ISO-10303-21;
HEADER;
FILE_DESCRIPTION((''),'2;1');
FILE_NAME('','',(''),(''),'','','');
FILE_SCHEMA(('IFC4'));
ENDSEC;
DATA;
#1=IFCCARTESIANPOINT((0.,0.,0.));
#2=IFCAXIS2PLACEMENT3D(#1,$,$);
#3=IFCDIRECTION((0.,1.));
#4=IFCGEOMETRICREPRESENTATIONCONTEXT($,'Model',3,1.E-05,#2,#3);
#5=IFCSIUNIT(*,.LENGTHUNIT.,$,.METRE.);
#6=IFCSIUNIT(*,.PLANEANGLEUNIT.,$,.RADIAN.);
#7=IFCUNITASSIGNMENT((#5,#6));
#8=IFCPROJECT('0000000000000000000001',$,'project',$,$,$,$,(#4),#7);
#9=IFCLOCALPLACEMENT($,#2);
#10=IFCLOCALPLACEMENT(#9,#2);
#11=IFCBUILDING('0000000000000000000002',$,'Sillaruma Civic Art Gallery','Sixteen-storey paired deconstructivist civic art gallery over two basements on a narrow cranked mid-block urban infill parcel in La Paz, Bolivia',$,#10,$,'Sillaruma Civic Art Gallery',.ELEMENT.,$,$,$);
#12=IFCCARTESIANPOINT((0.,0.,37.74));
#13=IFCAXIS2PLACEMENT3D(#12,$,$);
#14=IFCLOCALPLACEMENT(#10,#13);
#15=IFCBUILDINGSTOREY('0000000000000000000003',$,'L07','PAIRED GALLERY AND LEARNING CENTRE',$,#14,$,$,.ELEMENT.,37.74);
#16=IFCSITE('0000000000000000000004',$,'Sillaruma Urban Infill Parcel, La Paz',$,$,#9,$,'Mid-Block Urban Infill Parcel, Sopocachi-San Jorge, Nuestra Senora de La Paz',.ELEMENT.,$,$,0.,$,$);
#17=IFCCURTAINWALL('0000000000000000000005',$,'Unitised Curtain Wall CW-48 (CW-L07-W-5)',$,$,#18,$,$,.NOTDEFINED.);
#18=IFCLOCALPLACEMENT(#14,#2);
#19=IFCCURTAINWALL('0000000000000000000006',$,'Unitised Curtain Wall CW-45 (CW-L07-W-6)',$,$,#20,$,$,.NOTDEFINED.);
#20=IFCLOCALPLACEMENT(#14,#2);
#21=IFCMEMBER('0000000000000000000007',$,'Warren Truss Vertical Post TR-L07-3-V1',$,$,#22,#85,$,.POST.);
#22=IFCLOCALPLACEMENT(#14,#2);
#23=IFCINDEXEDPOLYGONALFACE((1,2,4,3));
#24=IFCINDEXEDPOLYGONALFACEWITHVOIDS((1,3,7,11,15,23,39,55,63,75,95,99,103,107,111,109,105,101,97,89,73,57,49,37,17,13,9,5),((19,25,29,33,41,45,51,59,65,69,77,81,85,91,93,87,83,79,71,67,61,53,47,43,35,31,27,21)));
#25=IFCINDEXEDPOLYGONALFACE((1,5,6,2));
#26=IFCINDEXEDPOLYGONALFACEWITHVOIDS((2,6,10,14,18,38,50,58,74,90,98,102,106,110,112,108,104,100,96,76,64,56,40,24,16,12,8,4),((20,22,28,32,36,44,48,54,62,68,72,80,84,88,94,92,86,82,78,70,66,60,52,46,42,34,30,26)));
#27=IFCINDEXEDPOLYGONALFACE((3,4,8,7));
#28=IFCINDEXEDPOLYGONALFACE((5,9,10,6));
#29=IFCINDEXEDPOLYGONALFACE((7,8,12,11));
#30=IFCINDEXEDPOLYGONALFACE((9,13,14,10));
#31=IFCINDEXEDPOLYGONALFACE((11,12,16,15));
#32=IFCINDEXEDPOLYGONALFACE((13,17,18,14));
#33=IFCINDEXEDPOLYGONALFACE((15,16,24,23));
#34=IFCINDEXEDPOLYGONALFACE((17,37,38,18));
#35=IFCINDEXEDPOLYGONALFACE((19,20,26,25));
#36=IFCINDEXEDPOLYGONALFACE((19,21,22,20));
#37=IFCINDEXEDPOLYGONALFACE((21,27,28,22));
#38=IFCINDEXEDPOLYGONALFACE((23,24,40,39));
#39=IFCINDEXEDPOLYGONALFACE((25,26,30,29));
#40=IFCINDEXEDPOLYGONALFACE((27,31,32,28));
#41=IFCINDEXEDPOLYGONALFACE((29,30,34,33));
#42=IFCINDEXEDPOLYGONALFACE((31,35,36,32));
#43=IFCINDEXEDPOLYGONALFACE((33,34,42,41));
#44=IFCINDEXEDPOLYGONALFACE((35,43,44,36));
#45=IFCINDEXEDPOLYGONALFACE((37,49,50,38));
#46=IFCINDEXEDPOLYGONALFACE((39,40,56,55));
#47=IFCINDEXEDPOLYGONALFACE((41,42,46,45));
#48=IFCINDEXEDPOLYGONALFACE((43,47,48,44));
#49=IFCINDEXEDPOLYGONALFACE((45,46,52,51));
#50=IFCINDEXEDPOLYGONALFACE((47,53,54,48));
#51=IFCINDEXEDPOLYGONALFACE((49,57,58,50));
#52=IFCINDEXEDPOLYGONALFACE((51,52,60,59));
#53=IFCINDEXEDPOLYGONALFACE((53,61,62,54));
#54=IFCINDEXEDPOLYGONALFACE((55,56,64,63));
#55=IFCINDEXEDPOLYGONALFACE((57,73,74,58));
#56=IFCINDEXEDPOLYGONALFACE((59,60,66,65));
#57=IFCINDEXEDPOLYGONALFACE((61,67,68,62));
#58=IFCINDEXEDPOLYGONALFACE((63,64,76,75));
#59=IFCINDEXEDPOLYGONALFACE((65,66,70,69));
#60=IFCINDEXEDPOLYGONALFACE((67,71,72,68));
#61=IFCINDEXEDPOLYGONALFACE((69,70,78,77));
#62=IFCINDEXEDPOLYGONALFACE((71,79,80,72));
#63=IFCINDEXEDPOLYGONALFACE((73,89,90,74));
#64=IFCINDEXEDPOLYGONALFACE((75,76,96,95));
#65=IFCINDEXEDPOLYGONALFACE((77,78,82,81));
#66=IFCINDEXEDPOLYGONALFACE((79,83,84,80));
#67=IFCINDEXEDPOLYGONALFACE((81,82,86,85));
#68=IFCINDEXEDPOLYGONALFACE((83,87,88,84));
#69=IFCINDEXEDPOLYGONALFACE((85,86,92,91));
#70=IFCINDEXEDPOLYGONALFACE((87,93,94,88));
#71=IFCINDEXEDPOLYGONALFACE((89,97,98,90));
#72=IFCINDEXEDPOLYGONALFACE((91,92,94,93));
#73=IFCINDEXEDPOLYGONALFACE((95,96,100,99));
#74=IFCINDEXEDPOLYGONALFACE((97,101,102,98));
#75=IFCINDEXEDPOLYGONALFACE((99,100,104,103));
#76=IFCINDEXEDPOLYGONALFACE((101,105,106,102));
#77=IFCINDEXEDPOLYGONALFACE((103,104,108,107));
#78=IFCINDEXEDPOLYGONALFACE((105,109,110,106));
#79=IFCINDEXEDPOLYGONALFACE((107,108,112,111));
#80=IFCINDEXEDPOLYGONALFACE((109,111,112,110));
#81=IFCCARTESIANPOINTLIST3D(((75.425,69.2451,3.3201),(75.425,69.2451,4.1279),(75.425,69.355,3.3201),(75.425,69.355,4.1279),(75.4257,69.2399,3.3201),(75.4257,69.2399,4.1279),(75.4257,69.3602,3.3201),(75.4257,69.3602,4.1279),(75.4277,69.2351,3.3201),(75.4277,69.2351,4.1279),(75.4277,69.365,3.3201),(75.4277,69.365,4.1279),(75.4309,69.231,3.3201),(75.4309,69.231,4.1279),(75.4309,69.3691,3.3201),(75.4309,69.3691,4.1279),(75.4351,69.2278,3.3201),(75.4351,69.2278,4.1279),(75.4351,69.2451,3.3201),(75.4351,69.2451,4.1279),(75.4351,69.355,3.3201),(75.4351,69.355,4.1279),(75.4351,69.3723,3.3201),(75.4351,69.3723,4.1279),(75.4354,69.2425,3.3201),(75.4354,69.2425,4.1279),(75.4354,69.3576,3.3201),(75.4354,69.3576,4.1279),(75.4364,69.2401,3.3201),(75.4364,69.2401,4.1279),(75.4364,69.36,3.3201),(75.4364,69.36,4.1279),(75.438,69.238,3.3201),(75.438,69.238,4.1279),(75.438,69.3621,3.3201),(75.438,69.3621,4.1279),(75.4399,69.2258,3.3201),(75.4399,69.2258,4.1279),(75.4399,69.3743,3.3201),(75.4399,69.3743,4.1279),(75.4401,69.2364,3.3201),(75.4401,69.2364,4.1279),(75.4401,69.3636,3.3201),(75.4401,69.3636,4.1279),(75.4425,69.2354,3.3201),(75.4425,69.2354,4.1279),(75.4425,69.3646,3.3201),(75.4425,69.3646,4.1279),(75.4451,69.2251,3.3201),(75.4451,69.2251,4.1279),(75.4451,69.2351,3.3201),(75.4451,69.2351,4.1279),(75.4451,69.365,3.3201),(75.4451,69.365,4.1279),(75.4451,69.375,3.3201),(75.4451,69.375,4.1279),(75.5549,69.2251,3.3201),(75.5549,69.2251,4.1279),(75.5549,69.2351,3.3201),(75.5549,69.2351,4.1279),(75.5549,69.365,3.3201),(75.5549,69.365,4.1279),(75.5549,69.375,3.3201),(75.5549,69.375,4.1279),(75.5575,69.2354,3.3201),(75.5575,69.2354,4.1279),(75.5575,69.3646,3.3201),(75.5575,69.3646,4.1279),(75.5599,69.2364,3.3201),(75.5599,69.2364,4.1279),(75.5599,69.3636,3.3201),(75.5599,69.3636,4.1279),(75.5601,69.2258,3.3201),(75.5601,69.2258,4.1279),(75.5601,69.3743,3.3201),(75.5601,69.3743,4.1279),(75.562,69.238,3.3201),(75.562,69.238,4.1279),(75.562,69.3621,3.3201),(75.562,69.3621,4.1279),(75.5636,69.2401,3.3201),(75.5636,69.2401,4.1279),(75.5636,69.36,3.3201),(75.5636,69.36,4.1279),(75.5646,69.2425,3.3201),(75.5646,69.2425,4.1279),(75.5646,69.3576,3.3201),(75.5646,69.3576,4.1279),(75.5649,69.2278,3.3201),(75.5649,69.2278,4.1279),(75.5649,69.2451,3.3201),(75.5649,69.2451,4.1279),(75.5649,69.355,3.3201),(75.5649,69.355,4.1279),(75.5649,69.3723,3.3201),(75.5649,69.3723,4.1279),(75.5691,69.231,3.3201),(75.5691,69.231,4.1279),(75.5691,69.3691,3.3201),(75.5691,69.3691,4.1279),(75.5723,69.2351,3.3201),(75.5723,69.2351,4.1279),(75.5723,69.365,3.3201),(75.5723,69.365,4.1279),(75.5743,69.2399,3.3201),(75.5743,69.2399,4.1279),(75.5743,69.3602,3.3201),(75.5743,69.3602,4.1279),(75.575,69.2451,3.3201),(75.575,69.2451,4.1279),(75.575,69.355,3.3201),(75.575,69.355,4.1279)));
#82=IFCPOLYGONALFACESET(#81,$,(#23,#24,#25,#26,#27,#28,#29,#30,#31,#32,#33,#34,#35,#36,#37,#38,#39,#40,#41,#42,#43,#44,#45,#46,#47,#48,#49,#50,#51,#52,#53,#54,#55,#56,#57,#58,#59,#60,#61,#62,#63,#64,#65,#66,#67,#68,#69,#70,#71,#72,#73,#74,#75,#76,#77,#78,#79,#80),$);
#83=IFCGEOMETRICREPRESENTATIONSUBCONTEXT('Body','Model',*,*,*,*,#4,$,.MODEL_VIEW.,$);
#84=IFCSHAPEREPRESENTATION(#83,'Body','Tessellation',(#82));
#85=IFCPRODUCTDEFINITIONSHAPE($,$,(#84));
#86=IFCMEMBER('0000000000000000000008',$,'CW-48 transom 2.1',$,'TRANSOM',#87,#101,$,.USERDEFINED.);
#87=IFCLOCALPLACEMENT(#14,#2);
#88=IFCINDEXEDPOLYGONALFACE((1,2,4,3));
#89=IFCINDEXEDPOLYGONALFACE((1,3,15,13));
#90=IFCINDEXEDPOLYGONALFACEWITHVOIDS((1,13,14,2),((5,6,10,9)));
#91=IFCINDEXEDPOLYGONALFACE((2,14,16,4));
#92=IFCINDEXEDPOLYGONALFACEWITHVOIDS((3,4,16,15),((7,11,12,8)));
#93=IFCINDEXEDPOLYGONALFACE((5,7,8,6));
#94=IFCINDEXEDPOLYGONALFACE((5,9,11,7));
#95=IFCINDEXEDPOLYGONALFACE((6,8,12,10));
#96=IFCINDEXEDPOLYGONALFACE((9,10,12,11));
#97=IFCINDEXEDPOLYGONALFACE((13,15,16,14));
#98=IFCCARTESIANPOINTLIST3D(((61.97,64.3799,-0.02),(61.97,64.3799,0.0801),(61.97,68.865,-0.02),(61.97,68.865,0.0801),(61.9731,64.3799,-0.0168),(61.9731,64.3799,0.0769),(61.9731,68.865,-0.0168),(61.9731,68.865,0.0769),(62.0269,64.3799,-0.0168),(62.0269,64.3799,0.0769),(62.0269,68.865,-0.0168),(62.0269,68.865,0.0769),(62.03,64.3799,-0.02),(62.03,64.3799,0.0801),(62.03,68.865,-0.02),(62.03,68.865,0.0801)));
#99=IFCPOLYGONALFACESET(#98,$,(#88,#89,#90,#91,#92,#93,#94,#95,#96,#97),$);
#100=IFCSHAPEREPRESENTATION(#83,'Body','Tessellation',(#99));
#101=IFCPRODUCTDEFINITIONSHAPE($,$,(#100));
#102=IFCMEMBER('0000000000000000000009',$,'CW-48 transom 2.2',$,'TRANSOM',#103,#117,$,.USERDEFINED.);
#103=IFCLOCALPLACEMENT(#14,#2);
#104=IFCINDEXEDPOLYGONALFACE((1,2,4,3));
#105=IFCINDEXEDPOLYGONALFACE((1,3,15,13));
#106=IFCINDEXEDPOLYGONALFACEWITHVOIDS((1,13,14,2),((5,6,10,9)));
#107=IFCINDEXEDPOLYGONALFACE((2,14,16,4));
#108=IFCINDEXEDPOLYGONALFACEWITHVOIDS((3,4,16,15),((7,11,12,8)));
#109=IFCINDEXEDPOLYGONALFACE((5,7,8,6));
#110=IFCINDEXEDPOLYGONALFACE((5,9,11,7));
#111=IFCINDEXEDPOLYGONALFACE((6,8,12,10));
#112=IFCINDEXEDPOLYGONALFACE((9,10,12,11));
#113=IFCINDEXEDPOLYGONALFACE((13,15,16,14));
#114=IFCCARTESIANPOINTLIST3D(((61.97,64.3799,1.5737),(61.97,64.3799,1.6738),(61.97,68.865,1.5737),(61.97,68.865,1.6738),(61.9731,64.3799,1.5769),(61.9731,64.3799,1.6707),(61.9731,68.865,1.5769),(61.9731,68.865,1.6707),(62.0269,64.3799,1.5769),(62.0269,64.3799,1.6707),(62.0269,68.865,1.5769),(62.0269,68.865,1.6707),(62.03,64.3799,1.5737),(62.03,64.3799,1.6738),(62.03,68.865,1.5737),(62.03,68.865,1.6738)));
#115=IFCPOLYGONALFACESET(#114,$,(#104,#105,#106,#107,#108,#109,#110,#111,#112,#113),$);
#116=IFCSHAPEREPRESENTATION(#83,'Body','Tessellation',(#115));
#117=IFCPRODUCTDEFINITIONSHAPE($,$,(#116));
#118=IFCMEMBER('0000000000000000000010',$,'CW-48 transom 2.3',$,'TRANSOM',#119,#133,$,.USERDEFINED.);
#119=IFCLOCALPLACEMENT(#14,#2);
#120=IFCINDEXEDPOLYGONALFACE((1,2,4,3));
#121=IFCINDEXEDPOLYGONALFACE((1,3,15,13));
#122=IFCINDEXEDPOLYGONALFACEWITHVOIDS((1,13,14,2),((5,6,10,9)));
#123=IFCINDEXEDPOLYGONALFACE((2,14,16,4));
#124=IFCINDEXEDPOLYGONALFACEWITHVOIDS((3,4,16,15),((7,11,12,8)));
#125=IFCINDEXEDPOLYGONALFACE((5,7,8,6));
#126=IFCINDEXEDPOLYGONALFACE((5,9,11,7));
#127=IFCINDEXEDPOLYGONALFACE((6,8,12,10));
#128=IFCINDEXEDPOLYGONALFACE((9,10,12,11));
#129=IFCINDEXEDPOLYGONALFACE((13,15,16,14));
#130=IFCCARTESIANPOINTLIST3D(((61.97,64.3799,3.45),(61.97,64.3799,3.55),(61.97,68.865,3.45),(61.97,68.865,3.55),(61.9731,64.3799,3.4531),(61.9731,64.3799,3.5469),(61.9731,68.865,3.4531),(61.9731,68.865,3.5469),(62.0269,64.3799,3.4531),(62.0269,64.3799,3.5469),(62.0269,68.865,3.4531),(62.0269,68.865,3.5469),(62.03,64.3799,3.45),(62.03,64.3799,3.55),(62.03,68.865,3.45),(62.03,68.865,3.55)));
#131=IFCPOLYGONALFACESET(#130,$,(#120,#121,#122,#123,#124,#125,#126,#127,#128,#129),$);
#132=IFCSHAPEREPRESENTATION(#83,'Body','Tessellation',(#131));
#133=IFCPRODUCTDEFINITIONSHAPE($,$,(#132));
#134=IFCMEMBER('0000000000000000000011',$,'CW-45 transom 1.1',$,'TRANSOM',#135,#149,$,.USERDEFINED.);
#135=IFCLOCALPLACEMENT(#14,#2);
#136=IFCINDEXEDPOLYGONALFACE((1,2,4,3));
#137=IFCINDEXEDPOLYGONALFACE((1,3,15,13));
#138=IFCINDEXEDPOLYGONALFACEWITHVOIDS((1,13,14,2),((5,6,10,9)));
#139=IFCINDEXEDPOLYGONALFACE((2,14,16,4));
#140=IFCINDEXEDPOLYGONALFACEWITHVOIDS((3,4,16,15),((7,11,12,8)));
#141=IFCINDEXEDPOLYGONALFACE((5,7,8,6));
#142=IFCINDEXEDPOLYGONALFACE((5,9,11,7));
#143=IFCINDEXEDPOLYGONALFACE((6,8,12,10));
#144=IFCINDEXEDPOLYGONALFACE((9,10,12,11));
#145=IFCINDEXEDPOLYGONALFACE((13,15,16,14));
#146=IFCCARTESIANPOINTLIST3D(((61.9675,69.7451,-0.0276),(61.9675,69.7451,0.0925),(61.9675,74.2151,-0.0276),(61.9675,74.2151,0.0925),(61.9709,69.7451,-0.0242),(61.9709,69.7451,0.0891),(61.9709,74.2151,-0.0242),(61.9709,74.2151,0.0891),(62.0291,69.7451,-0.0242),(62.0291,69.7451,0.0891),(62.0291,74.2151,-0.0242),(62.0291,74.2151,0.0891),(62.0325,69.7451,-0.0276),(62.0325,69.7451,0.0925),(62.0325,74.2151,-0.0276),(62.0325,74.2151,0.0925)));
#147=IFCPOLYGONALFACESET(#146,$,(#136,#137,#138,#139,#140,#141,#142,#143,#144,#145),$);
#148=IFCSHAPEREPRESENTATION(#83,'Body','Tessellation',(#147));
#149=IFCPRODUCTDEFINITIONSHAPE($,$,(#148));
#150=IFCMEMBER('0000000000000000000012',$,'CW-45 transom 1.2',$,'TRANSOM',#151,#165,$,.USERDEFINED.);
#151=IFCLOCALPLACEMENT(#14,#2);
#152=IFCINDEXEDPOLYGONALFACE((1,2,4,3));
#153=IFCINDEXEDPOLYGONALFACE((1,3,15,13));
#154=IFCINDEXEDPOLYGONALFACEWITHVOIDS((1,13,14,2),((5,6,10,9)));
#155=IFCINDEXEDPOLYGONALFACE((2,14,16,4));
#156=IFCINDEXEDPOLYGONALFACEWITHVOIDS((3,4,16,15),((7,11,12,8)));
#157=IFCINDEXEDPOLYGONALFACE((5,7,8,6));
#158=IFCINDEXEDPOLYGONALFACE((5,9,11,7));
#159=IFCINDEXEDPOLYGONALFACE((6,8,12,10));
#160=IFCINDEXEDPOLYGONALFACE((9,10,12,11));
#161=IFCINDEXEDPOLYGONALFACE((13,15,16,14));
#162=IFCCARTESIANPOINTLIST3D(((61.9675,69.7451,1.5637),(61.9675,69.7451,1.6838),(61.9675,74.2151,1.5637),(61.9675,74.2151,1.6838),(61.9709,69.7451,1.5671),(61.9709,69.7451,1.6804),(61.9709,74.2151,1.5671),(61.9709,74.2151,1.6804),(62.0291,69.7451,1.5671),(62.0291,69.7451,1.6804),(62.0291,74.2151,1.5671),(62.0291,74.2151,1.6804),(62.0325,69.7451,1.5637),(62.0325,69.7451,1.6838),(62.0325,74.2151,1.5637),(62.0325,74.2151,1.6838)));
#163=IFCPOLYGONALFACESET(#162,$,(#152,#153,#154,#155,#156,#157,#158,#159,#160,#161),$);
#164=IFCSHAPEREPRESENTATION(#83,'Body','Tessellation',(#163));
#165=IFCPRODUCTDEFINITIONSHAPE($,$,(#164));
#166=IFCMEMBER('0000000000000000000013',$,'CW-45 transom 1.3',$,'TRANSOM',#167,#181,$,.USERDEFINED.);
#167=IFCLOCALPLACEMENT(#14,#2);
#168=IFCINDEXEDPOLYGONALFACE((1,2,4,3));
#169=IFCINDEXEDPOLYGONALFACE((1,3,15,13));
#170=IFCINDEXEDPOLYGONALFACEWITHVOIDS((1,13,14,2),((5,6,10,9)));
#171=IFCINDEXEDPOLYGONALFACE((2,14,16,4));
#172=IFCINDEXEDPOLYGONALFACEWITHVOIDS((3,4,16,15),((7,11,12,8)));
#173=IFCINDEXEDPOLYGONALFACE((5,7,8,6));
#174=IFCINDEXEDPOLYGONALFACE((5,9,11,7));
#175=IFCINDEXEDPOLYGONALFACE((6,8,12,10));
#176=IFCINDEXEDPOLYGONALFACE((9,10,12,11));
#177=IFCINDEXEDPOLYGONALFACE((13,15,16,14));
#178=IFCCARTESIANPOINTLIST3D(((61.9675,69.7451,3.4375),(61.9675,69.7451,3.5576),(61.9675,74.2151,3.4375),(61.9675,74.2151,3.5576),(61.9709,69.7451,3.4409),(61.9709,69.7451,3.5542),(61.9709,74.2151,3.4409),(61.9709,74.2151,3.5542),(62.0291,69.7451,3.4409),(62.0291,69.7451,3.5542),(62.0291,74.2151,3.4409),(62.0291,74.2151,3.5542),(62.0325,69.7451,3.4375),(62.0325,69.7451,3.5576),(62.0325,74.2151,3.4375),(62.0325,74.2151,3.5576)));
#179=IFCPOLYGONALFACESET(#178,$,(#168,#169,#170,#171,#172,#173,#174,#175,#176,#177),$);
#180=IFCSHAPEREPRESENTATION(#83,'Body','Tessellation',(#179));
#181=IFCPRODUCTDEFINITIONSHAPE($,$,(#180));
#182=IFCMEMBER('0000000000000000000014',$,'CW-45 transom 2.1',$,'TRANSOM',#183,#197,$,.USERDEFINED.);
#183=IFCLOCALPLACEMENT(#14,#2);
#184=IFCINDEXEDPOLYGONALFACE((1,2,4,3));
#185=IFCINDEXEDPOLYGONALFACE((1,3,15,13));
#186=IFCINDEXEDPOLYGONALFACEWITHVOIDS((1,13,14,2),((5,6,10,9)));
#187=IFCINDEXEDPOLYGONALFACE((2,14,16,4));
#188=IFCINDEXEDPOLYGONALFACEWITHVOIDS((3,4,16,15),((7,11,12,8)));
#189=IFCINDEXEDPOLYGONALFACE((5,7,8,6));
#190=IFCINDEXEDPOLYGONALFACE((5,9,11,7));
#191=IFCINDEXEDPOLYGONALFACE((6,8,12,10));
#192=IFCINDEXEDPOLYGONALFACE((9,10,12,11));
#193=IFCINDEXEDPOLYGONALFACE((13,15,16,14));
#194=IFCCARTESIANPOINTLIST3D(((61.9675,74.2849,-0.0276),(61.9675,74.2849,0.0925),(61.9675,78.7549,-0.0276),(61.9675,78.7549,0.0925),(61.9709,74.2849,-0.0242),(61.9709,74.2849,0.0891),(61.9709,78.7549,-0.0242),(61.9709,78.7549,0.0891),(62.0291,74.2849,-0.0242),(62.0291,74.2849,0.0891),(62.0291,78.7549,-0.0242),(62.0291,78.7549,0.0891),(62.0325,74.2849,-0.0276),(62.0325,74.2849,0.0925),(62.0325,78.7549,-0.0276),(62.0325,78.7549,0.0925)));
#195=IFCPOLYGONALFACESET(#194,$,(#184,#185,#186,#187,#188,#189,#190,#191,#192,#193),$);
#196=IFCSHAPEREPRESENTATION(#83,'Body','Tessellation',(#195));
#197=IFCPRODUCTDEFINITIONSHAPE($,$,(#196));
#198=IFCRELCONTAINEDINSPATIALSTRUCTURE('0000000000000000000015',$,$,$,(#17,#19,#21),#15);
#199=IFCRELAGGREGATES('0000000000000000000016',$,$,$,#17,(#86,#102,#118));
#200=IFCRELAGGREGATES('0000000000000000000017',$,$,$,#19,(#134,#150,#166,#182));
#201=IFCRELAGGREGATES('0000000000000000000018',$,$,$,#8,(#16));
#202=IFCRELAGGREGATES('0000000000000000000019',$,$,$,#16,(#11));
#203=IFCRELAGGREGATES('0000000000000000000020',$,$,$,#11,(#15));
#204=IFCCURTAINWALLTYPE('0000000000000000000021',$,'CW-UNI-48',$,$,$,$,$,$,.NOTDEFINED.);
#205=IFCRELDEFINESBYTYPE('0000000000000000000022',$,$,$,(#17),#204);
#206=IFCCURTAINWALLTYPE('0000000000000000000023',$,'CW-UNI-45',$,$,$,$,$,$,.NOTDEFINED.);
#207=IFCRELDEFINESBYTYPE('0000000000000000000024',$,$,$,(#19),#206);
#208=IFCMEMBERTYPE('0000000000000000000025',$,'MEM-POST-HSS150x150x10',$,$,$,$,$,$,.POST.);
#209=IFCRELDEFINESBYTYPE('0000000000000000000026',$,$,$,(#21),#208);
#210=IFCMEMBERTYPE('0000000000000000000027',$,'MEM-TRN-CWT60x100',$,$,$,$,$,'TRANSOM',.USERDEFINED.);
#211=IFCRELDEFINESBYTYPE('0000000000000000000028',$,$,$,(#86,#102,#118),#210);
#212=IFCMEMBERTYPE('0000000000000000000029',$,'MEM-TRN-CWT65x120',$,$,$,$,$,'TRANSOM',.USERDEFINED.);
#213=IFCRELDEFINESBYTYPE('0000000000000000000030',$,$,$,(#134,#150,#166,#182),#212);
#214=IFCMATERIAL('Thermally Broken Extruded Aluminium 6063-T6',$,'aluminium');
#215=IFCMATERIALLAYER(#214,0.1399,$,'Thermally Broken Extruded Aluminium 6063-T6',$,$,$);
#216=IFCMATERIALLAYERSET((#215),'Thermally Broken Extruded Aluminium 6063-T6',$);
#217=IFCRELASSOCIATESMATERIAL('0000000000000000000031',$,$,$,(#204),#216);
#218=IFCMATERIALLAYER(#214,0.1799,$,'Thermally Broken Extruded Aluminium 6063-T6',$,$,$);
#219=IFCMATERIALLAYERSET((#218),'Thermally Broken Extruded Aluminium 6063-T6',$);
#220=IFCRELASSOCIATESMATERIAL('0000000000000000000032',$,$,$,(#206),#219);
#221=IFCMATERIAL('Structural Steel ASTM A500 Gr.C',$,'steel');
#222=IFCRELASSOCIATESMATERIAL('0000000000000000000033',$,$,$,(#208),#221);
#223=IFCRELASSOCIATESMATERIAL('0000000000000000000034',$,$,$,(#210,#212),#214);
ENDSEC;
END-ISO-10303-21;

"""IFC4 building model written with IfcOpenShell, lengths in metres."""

from ifc_helpers import new_model, si_unit, direction, frame, origin, origin_2d, place, context, subcontext, project, spatial, hollow_rectangle, extrude, material, layer, layer_set, material_profile, profile_set, type_object, element, aggregate, save


model = new_model("IFC4")

# Units and contexts
model_context = context("Model", 3, precision=1e-05, world=origin(), true_north=direction((0.0, 1.0)))
body_context = subcontext(model_context, "Body", "Model", "MODEL_VIEW")
ifc_project = project(units=[si_unit("LENGTHUNIT", "METRE"), si_unit("PLANEANGLEUNIT", "RADIAN")], contexts=[model_context])

# Site, building, storey
site_placement = place(None, origin())
site = spatial("IfcSite", under=ifc_project, at=site_placement, Name="Sillaruma Urban Infill Parcel, La Paz", LongName="Mid-Block Urban Infill Parcel, Sopocachi-San Jorge, Nuestra Senora de La Paz", CompositionType="ELEMENT", RefElevation=0.0)
building_placement = place(site_placement, origin())
building = spatial("IfcBuilding", under=site, at=building_placement, Name="Sillaruma Civic Art Gallery", Description="Sixteen-storey paired deconstructivist civic art gallery over two basements on a narrow cranked mid-block urban infill parcel in La Paz, Bolivia", LongName="Sillaruma Civic Art Gallery", CompositionType="ELEMENT")
storey_placement = place(building_placement, frame((0.0, 0.0, 37.74)))
storey = spatial("IfcBuildingStorey", under=building, at=storey_placement, Name="L07", Description="PAIRED GALLERY AND LEARNING CENTRE", CompositionType="ELEMENT", Elevation=37.74)

# Shared definitions
ifc_material_1 = material(Name="Structural Steel ASTM A500 Gr.C", Category="steel")

# Curtain walls
ifc_material_2 = material(Name="Thermally Broken Extruded Aluminium 6063-T6", Category="aluminium")
ifc_layer_1 = layer(ifc_material_2, 0.1399, Name="Thermally Broken Extruded Aluminium 6063-T6")
ifc_layer_set_1 = layer_set([ifc_layer_1], Name="Thermally Broken Extruded Aluminium 6063-T6")
curtain_wall_type_1 = type_object("IfcCurtainWallType", Name="CW-UNI-48", PredefinedType="NOTDEFINED", material=ifc_layer_set_1)
curtain_wall_1_placement = place(storey_placement, origin())
curtain_wall_1 = element("IfcCurtainWall", 1, at=curtain_wall_1_placement, inside=storey, type_object=curtain_wall_type_1, Name="Unitised Curtain Wall CW-48 (CW-L07-W-5)", PredefinedType="NOTDEFINED")
ifc_layer_2 = layer(ifc_material_2, 0.1799, Name="Thermally Broken Extruded Aluminium 6063-T6")
ifc_layer_set_2 = layer_set([ifc_layer_2], Name="Thermally Broken Extruded Aluminium 6063-T6")
curtain_wall_type_2 = type_object("IfcCurtainWallType", Name="CW-UNI-45", PredefinedType="NOTDEFINED", material=ifc_layer_set_2)
curtain_wall_2_placement = place(storey_placement, origin())
curtain_wall_2 = element("IfcCurtainWall", 2, at=curtain_wall_2_placement, inside=storey, type_object=curtain_wall_type_2, Name="Unitised Curtain Wall CW-45 (CW-L07-W-6)", PredefinedType="NOTDEFINED")

# Members
ifc_material_profile_1 = material_profile(ifc_material_1, hollow_rectangle(XDim=0.1499, YDim=0.1499, WallThickness=0.01, InnerFilletRadius=0.01, OuterFilletRadius=0.02, at=origin_2d()), Name="HSS150x150x10")
ifc_profile_set_1 = profile_set([ifc_material_profile_1], Name="Structural Steel ASTM A500 Gr.C")
member_type_1 = type_object("IfcMemberType", Name="MEM-POST-HSS150x150x10", PredefinedType="POST", material=ifc_profile_set_1)
member_1_placement = place(storey_placement, frame((75.5, 69.3, 3.3201), z_axis=(0.0, 0.0, 1.0), x_axis=(1.0, 0.0, 0.0)))
element("IfcMember", 3, at=member_1_placement, inside=storey, type_object=member_type_1, Name="Warren Truss Vertical Post TR-L07-3-V1", PredefinedType="POST", context=body_context, shape_type="SweptSolid", body=[
    extrude(hollow_rectangle(XDim=0.1499, YDim=0.1499, WallThickness=0.01, InnerFilletRadius=0.01, OuterFilletRadius=0.02, at=origin_2d()), origin(), (0.0, 0.0, 1.0), 0.8079),
])
ifc_material_profile_2 = material_profile(ifc_material_2, hollow_rectangle(XDim=0.0601, YDim=0.1001, WallThickness=0.0032, at=origin_2d()), Name="CWT60x100")
ifc_profile_set_2 = profile_set([ifc_material_profile_2], Name="Thermally Broken Extruded Aluminium 6063-T6")
member_type_2 = type_object("IfcMemberType", Name="MEM-TRN-CWT60x100", ElementType="TRANSOM", PredefinedType="USERDEFINED", material=ifc_profile_set_2)
member_2_placement = place(storey_placement, frame((62.0, 64.3799, 0.03), z_axis=(0.0, 1.0, 0.0), x_axis=(-1.0, 0.0, 0.0)))
member_2 = element("IfcMember", 4, at=member_2_placement, type_object=member_type_2, Name="CW-48 transom 2.1", ObjectType="TRANSOM", PredefinedType="USERDEFINED", context=body_context, shape_type="SweptSolid", body=[
    extrude(hollow_rectangle(XDim=0.0601, YDim=0.1001, WallThickness=0.0032, at=origin_2d()), origin(), (0.0, 0.0, 1.0), 4.4851),
])
member_3_placement = place(storey_placement, frame((62.0, 64.3799, 1.6238), z_axis=(0.0, 1.0, 0.0), x_axis=(-1.0, 0.0, 0.0)))
member_3 = element("IfcMember", 5, at=member_3_placement, type_object=member_type_2, Name="CW-48 transom 2.2", ObjectType="TRANSOM", PredefinedType="USERDEFINED", context=body_context, shape_type="SweptSolid", body=[
    extrude(hollow_rectangle(XDim=0.0601, YDim=0.1001, WallThickness=0.0032, at=origin_2d()), origin(), (0.0, 0.0, 1.0), 4.4851),
])
member_4_placement = place(storey_placement, frame((62.0, 64.3799, 3.5), z_axis=(0.0, 1.0, 0.0), x_axis=(-1.0, 0.0, 0.0)))
member_4 = element("IfcMember", 6, at=member_4_placement, type_object=member_type_2, Name="CW-48 transom 2.3", ObjectType="TRANSOM", PredefinedType="USERDEFINED", context=body_context, shape_type="SweptSolid", body=[
    extrude(hollow_rectangle(XDim=0.0601, YDim=0.1001, WallThickness=0.0032, at=origin_2d()), origin(), (0.0, 0.0, 1.0), 4.4851),
])
ifc_material_profile_3 = material_profile(ifc_material_2, hollow_rectangle(XDim=0.0649, YDim=0.1201, WallThickness=0.0034, at=origin_2d()), Name="CWT65x120")
ifc_profile_set_3 = profile_set([ifc_material_profile_3], Name="Thermally Broken Extruded Aluminium 6063-T6")
member_type_3 = type_object("IfcMemberType", Name="MEM-TRN-CWT65x120", ElementType="TRANSOM", PredefinedType="USERDEFINED", material=ifc_profile_set_3)
member_5_placement = place(storey_placement, frame((62.0, 69.7451, 0.0325), z_axis=(0.0, 1.0, 0.0), x_axis=(-1.0, 0.0, 0.0)))
member_5 = element("IfcMember", 7, at=member_5_placement, type_object=member_type_3, Name="CW-45 transom 1.1", ObjectType="TRANSOM", PredefinedType="USERDEFINED", context=body_context, shape_type="SweptSolid", body=[
    extrude(hollow_rectangle(XDim=0.0649, YDim=0.1201, WallThickness=0.0034, at=origin_2d()), origin(), (0.0, 0.0, 1.0), 4.47),
])
member_6_placement = place(storey_placement, frame((62.0, 69.7451, 1.6238), z_axis=(0.0, 1.0, 0.0), x_axis=(-1.0, 0.0, 0.0)))
member_6 = element("IfcMember", 8, at=member_6_placement, type_object=member_type_3, Name="CW-45 transom 1.2", ObjectType="TRANSOM", PredefinedType="USERDEFINED", context=body_context, shape_type="SweptSolid", body=[
    extrude(hollow_rectangle(XDim=0.0649, YDim=0.1201, WallThickness=0.0034, at=origin_2d()), origin(), (0.0, 0.0, 1.0), 4.47),
])
member_7_placement = place(storey_placement, frame((62.0, 69.7451, 3.4976), z_axis=(0.0, 1.0, 0.0), x_axis=(-1.0, 0.0, 0.0)))
member_7 = element("IfcMember", 9, at=member_7_placement, type_object=member_type_3, Name="CW-45 transom 1.3", ObjectType="TRANSOM", PredefinedType="USERDEFINED", context=body_context, shape_type="SweptSolid", body=[
    extrude(hollow_rectangle(XDim=0.0649, YDim=0.1201, WallThickness=0.0034, at=origin_2d()), origin(), (0.0, 0.0, 1.0), 4.47),
])
member_8_placement = place(storey_placement, frame((62.0, 74.2849, 0.0325), z_axis=(0.0, 1.0, 0.0), x_axis=(-1.0, 0.0, 0.0)))
member_8 = element("IfcMember", 10, at=member_8_placement, type_object=member_type_3, Name="CW-45 transom 2.1", ObjectType="TRANSOM", PredefinedType="USERDEFINED", context=body_context, shape_type="SweptSolid", body=[
    extrude(hollow_rectangle(XDim=0.0649, YDim=0.1201, WallThickness=0.0034, at=origin_2d()), origin(), (0.0, 0.0, 1.0), 4.47),
])

aggregate(curtain_wall_1, [member_2, member_3, member_4])
aggregate(curtain_wall_2, [member_5, member_6, member_7, member_8])

save(model, "model.ifc")
